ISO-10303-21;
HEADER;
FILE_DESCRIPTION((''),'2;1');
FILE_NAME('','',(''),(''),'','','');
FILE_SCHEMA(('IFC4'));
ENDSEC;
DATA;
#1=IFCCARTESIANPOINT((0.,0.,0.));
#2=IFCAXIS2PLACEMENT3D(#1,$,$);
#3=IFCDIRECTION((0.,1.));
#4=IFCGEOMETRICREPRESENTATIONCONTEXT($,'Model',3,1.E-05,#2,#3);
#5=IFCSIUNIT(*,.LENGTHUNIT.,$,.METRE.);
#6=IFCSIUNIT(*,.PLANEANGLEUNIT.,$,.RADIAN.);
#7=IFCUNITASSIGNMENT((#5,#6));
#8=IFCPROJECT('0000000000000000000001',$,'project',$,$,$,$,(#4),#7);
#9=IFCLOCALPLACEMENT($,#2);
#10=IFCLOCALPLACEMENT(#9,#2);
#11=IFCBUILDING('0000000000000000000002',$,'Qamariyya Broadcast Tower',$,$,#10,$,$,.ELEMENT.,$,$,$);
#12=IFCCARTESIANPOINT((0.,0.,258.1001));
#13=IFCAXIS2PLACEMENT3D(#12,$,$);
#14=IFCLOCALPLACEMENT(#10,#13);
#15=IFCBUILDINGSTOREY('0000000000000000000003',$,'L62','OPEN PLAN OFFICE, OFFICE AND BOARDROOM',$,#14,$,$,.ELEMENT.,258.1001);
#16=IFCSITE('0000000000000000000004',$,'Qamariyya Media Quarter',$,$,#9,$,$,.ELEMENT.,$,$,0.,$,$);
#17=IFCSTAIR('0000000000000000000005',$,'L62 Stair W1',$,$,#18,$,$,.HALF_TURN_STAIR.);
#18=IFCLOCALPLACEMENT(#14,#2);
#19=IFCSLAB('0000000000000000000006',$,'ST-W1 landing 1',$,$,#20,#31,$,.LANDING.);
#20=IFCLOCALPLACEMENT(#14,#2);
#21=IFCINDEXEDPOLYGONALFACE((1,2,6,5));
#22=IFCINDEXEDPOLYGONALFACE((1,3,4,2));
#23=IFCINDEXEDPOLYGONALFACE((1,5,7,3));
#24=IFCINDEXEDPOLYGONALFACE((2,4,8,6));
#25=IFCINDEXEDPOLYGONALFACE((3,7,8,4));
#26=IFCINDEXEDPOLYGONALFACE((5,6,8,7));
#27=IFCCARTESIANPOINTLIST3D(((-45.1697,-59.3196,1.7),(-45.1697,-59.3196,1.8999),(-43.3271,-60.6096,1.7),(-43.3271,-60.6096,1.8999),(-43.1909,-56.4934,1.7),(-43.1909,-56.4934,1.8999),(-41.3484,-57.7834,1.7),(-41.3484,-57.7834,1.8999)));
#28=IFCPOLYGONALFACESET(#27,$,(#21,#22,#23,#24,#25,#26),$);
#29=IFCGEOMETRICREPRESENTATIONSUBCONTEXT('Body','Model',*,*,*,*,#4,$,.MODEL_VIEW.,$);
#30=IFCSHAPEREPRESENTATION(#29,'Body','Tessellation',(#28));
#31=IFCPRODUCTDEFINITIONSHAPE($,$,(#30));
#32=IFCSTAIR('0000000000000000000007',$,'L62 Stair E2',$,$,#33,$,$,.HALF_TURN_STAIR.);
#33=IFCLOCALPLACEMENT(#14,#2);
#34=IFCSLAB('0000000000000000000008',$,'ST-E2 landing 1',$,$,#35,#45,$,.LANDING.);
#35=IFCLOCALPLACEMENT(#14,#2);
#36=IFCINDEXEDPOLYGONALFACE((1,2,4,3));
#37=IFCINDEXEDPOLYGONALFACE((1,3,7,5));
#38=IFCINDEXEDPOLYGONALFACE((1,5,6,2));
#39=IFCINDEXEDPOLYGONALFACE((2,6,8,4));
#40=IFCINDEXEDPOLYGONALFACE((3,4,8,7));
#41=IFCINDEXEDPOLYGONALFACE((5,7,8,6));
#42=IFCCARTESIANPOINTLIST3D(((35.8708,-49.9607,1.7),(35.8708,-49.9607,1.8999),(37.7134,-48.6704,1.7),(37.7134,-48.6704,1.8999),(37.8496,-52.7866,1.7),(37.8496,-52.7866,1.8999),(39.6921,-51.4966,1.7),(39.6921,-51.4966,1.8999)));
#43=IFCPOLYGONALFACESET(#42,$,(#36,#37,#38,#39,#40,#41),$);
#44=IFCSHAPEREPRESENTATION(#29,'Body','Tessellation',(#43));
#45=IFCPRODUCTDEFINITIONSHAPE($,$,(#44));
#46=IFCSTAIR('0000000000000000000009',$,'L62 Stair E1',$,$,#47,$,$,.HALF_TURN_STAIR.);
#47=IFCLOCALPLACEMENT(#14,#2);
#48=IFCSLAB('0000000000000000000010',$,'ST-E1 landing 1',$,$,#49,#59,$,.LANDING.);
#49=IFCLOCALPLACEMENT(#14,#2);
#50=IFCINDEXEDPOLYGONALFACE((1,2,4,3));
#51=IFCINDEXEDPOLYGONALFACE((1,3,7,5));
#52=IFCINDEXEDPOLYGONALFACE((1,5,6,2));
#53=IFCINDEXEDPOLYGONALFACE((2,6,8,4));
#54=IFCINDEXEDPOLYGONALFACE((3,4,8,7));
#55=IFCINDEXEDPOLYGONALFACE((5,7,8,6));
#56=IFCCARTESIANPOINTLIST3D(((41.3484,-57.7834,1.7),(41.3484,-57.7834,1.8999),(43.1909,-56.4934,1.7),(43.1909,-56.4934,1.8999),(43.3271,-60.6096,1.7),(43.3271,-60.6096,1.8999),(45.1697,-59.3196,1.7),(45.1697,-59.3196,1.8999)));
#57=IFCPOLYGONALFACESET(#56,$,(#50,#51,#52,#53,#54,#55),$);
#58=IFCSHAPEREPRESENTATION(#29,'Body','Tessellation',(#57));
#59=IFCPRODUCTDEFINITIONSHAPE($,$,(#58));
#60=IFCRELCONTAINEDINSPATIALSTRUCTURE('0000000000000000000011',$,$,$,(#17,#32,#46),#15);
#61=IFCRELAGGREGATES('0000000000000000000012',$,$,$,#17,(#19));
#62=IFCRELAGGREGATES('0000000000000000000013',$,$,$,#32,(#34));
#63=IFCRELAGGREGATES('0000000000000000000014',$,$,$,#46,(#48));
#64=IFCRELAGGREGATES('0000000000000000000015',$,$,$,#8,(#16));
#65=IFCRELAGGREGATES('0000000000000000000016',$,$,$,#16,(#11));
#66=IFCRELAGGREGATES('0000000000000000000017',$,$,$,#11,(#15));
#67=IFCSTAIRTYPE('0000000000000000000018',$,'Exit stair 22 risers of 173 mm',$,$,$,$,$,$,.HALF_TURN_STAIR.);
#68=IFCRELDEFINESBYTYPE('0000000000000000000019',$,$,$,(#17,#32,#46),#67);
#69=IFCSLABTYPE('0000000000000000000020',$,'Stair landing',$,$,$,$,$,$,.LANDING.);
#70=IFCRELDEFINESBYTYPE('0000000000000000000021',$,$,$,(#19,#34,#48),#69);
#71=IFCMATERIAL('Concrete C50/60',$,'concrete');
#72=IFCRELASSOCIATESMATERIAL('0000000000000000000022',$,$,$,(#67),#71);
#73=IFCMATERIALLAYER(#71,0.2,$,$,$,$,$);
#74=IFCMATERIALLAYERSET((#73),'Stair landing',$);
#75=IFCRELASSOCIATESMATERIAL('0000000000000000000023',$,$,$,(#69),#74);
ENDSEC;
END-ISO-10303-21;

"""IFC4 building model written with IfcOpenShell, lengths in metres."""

from ifc_helpers import new_model, si_unit, direction, frame, origin, place, context, subcontext, project, spatial, polyline, outline, extrude, material, layer, layer_set, type_object, element, aggregate, save


model = new_model("IFC4")

# Units and contexts
model_context = context("Model", 3, precision=1e-05, world=origin(), true_north=direction((0.0, 1.0)))
body_context = subcontext(model_context, "Body", "Model", "MODEL_VIEW")
ifc_project = project(units=[si_unit("LENGTHUNIT", "METRE"), si_unit("PLANEANGLEUNIT", "RADIAN")], contexts=[model_context])

# Site, building, storey
site_placement = place(None, origin())
building_placement = place(site_placement, origin())
storey_placement = place(building_placement, frame((0.0, 0.0, 258.1001)))
site = spatial("IfcSite", under=ifc_project, at=site_placement, Name="Qamariyya Media Quarter", CompositionType="ELEMENT", RefElevation=0.0)
building = spatial("IfcBuilding", under=site, at=building_placement, Name="Qamariyya Broadcast Tower", CompositionType="ELEMENT")
storey = spatial("IfcBuildingStorey", under=building, at=storey_placement, Name="L62", Description="OPEN PLAN OFFICE, OFFICE AND BOARDROOM", CompositionType="ELEMENT", Elevation=258.1001)

# Stairs, slabs
ifc_material_1 = material(Name="Concrete C50/60", Category="concrete")
stair_type = type_object("IfcStairType", Name="Exit stair 22 risers of 173 mm", PredefinedType="HALF_TURN_STAIR", material=ifc_material_1)
stair_1_placement = place(storey_placement, origin())
stair_1 = element("IfcStair", 1, at=stair_1_placement, inside=storey, type_object=stair_type, Name="L62 Stair W1", PredefinedType="HALF_TURN_STAIR")
ifc_layer_1 = layer(ifc_material_1, 0.2)
ifc_layer_set_1 = layer_set([ifc_layer_1], Name="Stair landing")
slab_type_1 = type_object("IfcSlabType", Name="Stair landing", PredefinedType="LANDING", material=ifc_layer_set_1)
slab_1_placement = place(storey_placement, frame((0.0, 0.0, 1.7)))
slab_1 = element("IfcSlab", 2, at=slab_1_placement, type_object=slab_type_1, Name="ST-W1 landing 1", PredefinedType="LANDING", context=body_context, shape_type="SweptSolid", body=[
    extrude(outline(polyline([(-45.1697, -59.3196), (-43.3271, -60.6096), (-41.3484, -57.7834), (-43.1909, -56.4934), (-45.1697, -59.3196)])), origin(), (0.0, 0.0, 1.0), 0.2),
])
aggregate(stair_1, [slab_1])
stair_2_placement = place(storey_placement, origin())
stair_2 = element("IfcStair", 3, at=stair_2_placement, inside=storey, type_object=stair_type, Name="L62 Stair E2", PredefinedType="HALF_TURN_STAIR")
slab_2_placement = place(storey_placement, frame((0.0, 0.0, 1.7)))
slab_2 = element("IfcSlab", 4, at=slab_2_placement, type_object=slab_type_1, Name="ST-E2 landing 1", PredefinedType="LANDING", context=body_context, shape_type="SweptSolid", body=[
    extrude(outline(polyline([(37.7134, -48.6704), (35.8708, -49.9607), (37.8496, -52.7866), (39.6921, -51.4966), (37.7134, -48.6704)])), origin(), (0.0, 0.0, 1.0), 0.2),
])
aggregate(stair_2, [slab_2])
stair_3_placement = place(storey_placement, origin())
stair_3 = element("IfcStair", 5, at=stair_3_placement, inside=storey, type_object=stair_type, Name="L62 Stair E1", PredefinedType="HALF_TURN_STAIR")
slab_3_placement = place(storey_placement, frame((0.0, 0.0, 1.7)))
slab_3 = element("IfcSlab", 6, at=slab_3_placement, type_object=slab_type_1, Name="ST-E1 landing 1", PredefinedType="LANDING", context=body_context, shape_type="SweptSolid", body=[
    extrude(outline(polyline([(43.1909, -56.4934), (41.3484, -57.7834), (43.3271, -60.6096), (45.1697, -59.3196), (43.1909, -56.4934)])), origin(), (0.0, 0.0, 1.0), 0.2),
])
aggregate(stair_3, [slab_3])

save(model, "model.ifc")
